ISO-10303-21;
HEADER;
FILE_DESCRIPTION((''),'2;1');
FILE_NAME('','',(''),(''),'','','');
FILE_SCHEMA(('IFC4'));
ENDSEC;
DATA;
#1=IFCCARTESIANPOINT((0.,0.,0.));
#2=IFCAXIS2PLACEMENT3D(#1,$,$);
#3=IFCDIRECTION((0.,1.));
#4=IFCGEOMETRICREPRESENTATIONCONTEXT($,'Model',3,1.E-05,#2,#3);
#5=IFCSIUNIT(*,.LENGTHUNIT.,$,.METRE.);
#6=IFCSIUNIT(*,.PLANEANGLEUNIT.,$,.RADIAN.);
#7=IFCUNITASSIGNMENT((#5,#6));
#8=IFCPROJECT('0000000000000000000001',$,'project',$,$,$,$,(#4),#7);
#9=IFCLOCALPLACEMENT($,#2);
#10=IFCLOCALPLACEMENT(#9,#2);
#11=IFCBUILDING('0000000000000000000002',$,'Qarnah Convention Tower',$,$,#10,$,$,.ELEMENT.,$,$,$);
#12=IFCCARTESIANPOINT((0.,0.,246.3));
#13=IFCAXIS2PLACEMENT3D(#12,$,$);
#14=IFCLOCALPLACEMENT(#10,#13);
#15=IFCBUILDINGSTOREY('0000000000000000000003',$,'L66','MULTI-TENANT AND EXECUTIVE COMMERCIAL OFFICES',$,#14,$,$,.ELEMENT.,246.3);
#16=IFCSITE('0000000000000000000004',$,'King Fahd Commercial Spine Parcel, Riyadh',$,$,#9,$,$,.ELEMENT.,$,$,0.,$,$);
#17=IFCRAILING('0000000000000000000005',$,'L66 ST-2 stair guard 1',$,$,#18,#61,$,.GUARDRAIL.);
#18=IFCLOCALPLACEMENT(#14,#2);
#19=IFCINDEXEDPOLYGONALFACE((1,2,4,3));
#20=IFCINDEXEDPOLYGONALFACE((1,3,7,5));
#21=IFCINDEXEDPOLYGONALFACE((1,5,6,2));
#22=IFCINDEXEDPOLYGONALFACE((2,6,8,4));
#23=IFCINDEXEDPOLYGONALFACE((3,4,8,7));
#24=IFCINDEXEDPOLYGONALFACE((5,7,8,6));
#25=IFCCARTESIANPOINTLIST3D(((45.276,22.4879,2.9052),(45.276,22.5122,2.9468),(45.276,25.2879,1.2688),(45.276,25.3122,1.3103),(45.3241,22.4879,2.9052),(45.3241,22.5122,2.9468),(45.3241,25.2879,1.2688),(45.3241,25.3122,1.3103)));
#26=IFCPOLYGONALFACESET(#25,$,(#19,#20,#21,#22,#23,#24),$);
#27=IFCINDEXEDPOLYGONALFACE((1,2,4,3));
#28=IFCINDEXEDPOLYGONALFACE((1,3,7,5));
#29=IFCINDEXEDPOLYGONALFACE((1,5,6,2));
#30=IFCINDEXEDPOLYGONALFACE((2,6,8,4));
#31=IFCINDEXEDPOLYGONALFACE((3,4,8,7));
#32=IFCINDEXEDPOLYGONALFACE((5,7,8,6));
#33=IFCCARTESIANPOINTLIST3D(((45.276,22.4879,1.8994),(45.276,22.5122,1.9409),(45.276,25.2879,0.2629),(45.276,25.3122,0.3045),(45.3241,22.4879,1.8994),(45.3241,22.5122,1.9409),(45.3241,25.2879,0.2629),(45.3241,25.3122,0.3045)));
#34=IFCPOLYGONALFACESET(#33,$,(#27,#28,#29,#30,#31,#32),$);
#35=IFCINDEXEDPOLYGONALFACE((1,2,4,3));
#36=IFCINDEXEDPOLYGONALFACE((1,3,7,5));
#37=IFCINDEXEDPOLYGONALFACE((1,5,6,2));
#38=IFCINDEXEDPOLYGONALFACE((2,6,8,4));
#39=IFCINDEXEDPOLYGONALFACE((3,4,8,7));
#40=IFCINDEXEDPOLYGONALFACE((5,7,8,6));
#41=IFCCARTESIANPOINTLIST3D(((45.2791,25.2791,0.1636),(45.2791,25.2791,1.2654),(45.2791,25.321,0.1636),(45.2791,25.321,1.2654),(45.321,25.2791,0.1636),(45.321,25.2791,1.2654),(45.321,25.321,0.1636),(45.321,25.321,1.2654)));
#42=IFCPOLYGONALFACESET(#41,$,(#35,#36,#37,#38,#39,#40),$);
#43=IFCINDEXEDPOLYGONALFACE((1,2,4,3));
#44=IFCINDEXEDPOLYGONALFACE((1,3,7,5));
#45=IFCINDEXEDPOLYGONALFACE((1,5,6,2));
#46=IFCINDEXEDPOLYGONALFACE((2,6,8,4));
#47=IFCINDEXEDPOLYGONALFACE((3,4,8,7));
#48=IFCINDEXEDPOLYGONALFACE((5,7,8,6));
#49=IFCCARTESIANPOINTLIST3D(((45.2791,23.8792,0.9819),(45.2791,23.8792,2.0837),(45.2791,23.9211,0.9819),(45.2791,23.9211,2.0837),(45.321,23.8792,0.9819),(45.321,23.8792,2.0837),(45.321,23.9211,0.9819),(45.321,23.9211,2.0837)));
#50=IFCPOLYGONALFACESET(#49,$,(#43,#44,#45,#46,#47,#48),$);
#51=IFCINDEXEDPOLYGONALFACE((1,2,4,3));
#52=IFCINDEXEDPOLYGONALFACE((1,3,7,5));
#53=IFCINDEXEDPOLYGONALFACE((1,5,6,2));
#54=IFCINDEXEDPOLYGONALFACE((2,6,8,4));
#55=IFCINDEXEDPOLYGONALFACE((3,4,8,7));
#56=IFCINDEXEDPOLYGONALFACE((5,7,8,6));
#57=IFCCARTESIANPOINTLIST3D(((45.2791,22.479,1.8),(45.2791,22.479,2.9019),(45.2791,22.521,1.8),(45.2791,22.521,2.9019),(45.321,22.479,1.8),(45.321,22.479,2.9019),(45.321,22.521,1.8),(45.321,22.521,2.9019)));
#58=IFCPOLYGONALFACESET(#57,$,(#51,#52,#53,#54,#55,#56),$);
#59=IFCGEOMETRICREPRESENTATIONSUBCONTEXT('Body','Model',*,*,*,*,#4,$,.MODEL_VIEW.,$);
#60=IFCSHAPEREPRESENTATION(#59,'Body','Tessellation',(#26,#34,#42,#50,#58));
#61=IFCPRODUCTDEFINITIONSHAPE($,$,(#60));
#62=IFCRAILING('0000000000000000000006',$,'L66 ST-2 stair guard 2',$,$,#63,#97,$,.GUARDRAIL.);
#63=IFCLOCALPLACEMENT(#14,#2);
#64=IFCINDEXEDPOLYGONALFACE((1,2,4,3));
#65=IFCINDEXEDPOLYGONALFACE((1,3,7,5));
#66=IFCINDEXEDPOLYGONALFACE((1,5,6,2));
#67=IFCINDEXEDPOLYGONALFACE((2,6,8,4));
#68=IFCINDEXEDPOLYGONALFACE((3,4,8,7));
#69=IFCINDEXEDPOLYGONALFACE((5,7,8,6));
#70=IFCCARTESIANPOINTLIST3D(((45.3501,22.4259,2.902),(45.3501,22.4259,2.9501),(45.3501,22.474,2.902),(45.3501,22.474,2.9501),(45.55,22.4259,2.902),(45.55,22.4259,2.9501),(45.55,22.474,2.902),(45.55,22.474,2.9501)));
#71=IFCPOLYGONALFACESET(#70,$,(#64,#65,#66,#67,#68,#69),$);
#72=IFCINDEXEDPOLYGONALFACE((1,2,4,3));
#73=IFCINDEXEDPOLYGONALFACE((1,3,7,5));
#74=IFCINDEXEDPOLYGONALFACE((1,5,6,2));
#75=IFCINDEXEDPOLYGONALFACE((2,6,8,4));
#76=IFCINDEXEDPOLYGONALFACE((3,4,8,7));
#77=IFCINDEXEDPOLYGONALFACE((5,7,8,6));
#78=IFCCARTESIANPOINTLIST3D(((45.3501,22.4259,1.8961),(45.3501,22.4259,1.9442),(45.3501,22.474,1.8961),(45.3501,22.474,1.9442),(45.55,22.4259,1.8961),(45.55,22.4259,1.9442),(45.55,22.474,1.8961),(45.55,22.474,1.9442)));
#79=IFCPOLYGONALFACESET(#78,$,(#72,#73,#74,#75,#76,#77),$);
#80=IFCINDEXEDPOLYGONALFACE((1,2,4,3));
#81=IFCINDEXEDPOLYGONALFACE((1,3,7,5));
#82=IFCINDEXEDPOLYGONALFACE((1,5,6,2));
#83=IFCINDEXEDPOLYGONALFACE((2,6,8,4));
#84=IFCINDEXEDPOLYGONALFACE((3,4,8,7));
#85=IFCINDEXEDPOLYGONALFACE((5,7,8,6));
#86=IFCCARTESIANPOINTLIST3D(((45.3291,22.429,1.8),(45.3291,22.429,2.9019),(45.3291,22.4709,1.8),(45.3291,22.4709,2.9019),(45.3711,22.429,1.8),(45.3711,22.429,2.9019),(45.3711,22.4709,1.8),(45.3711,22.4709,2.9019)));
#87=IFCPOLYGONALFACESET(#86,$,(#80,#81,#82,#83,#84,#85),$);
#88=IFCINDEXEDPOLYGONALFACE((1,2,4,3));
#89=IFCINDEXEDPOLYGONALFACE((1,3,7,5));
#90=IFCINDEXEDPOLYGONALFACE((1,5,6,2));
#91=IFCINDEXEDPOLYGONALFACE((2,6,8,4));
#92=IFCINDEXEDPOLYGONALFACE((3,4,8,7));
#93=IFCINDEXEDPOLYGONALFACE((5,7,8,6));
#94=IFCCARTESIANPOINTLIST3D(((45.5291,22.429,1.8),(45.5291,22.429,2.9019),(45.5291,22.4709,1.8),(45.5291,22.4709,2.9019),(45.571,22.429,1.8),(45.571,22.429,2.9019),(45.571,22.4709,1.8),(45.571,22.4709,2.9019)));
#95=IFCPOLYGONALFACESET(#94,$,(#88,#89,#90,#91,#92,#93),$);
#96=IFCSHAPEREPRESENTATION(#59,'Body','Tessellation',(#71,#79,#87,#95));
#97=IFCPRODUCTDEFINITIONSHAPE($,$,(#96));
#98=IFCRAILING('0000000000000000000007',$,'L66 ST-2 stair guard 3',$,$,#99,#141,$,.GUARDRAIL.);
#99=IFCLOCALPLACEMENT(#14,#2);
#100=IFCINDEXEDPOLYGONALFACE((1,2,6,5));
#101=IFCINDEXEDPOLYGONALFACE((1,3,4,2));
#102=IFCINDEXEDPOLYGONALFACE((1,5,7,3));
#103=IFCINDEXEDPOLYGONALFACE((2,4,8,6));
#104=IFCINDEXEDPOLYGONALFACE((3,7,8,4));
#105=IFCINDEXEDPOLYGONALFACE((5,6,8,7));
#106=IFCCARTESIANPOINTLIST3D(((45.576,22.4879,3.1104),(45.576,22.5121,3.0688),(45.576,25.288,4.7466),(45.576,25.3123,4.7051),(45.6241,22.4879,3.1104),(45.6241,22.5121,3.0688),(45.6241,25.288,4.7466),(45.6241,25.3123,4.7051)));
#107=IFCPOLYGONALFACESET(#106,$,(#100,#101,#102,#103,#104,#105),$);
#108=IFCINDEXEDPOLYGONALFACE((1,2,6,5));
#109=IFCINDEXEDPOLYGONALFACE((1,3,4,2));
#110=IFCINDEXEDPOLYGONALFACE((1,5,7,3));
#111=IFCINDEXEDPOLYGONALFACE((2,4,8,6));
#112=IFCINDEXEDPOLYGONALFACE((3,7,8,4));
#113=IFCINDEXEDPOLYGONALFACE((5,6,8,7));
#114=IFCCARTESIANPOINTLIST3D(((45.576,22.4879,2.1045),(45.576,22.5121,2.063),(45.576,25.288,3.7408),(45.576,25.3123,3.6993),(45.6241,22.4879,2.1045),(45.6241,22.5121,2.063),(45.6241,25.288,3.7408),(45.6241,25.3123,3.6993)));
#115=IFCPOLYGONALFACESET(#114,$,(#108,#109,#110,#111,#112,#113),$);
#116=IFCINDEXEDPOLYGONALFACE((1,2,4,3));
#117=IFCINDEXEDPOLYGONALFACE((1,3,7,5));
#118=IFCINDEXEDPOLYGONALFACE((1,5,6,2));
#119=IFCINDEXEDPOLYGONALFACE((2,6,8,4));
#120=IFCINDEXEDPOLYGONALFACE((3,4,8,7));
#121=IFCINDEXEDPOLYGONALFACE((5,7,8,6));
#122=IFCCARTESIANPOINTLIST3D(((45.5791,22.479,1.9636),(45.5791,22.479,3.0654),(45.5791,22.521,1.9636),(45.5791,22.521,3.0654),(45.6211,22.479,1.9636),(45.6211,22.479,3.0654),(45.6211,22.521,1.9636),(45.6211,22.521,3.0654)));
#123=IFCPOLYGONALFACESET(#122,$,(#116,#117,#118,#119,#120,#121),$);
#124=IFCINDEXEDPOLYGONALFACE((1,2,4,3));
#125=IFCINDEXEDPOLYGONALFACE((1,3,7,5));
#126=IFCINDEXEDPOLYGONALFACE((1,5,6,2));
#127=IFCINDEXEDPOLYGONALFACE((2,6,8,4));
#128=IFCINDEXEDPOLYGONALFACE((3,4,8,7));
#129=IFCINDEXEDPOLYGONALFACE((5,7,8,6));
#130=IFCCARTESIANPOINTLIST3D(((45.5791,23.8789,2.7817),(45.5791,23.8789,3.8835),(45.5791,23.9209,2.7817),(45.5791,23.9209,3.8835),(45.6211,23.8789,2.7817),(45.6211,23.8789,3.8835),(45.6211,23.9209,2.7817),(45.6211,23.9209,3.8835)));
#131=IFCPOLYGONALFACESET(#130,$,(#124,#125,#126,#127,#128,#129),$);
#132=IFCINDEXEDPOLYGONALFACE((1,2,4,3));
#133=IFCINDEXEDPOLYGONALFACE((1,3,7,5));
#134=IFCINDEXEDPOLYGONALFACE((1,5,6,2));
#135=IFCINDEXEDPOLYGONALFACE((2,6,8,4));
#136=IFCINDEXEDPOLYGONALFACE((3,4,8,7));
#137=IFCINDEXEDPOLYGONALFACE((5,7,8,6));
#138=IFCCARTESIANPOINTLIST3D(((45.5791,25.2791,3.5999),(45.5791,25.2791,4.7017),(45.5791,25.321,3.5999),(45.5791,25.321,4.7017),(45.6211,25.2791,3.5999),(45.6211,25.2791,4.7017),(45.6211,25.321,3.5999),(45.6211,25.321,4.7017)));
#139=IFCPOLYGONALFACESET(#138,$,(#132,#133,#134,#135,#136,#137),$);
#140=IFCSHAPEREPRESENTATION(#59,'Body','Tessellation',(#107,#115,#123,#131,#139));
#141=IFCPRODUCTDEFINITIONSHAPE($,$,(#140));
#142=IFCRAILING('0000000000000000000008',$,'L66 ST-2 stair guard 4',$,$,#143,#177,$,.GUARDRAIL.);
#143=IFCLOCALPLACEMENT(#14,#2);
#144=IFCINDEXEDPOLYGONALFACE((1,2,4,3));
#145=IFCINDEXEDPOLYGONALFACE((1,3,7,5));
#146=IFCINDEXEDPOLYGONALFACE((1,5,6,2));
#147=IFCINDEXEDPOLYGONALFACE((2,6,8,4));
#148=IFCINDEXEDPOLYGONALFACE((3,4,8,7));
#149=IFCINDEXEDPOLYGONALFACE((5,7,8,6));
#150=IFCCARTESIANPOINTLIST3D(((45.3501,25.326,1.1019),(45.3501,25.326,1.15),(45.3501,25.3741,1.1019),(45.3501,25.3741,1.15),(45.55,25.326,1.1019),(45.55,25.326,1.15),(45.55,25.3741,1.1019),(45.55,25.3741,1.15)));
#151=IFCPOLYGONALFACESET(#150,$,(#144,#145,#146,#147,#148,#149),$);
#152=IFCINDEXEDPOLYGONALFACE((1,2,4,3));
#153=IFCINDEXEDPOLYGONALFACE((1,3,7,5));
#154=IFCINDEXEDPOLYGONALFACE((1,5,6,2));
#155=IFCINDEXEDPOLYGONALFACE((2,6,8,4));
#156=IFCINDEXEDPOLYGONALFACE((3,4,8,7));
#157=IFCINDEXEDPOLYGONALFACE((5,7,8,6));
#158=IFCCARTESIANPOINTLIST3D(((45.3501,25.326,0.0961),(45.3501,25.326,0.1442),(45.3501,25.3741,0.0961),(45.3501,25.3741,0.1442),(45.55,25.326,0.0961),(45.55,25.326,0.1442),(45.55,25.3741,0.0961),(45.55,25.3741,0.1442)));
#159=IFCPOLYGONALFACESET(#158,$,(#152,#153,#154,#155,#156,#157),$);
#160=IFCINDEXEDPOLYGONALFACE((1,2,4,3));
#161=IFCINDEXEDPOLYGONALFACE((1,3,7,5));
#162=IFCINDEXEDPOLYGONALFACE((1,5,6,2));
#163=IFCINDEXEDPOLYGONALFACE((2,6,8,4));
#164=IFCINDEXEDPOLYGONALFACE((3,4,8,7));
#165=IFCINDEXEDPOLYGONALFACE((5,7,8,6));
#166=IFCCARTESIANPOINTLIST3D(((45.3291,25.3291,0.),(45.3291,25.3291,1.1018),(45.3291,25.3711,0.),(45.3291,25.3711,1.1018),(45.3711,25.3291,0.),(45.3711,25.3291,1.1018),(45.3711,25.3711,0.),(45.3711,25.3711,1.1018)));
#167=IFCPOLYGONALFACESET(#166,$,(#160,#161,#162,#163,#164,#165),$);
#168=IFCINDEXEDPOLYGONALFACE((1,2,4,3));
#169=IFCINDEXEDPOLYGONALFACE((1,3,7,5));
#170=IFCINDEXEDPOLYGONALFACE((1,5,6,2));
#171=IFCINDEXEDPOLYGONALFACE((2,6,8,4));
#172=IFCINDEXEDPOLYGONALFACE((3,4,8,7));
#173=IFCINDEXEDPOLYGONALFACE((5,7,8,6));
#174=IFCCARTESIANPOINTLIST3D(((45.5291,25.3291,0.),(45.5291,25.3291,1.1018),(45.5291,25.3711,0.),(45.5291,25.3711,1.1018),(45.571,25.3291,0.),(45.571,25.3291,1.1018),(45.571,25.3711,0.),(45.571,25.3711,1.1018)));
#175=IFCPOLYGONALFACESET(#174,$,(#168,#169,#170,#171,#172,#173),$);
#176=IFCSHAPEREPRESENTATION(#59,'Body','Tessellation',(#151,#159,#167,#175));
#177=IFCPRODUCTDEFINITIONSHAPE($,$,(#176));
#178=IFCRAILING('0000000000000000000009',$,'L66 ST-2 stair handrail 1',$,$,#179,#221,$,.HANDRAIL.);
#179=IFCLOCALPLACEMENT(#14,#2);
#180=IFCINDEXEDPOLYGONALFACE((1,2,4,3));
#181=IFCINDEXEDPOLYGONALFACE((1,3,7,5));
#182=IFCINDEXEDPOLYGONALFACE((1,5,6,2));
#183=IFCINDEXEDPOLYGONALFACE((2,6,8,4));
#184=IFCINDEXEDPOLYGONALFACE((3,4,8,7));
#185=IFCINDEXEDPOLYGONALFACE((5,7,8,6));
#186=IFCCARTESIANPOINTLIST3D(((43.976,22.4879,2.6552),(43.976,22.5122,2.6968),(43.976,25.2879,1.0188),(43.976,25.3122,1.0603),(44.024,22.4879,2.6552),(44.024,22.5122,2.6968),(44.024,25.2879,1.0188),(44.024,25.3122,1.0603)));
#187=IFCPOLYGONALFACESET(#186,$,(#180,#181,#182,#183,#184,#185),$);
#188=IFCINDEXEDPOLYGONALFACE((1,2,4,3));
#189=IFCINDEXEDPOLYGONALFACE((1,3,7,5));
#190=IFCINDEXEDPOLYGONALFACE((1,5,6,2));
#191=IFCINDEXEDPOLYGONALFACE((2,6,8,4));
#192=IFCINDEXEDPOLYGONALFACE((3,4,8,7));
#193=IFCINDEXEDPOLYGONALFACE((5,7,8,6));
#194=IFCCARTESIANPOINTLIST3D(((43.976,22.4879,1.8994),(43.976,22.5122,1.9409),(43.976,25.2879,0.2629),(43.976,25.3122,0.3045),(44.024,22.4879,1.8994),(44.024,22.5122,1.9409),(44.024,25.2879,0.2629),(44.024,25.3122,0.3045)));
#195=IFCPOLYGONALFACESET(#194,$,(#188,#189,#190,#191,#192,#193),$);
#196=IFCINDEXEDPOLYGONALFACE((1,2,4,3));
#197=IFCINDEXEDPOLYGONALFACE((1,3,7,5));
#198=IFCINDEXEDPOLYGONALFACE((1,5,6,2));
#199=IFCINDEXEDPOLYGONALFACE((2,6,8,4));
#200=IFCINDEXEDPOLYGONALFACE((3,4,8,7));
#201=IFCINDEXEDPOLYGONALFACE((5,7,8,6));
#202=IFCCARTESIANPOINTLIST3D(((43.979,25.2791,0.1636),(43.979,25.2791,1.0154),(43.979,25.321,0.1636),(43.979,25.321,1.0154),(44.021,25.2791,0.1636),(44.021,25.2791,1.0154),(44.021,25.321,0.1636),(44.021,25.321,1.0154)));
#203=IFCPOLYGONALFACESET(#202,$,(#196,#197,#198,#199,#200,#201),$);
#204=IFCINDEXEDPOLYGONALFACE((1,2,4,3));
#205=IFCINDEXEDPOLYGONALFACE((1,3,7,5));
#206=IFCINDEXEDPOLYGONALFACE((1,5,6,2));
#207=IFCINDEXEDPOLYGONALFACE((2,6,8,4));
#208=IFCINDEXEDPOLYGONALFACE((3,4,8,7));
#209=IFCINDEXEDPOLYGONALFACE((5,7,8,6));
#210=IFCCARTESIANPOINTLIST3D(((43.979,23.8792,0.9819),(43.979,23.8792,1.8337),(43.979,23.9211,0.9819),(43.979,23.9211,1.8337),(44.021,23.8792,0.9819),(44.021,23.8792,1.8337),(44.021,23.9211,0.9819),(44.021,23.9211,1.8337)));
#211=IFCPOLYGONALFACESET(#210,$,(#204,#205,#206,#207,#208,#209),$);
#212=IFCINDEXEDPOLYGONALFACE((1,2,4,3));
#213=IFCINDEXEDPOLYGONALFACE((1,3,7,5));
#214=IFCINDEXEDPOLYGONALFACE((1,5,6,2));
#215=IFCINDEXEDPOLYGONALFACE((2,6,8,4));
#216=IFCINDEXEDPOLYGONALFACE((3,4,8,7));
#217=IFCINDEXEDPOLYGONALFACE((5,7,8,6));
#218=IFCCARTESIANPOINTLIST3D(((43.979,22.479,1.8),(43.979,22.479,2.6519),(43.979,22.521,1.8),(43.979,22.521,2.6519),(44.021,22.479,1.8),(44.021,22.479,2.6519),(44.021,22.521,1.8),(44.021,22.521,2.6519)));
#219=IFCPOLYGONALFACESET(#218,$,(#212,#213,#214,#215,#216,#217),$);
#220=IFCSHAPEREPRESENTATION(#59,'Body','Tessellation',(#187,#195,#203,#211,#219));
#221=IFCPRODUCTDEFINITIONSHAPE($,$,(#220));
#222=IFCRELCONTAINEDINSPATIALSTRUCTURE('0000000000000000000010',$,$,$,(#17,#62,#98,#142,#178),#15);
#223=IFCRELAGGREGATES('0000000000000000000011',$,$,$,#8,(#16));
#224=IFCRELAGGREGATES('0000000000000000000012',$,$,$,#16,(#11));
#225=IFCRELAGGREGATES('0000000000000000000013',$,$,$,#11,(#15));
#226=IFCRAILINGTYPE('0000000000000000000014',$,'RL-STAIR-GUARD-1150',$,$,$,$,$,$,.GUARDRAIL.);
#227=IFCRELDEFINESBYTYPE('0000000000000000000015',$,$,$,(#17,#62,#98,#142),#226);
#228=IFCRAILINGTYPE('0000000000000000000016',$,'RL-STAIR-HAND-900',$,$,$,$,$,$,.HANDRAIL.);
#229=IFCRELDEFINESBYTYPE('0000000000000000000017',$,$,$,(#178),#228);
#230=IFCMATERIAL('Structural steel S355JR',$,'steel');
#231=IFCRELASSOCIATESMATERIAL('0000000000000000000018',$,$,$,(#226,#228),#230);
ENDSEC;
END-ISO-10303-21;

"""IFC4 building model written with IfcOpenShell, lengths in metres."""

from ifc_helpers import new_model, si_unit, direction, frame, origin, origin_2d, place, context, subcontext, project, spatial, rectangle, extrude, material, type_object, element, save


model = new_model("IFC4")

# Units and contexts
model_context = context("Model", 3, precision=1e-05, world=origin(), true_north=direction((0.0, 1.0)))
body_context = subcontext(model_context, "Body", "Model", "MODEL_VIEW")
ifc_project = project(units=[si_unit("LENGTHUNIT", "METRE"), si_unit("PLANEANGLEUNIT", "RADIAN")], contexts=[model_context])

# Site, building, storey
site_placement = place(None, origin())
site = spatial("IfcSite", under=ifc_project, at=site_placement, Name="King Fahd Commercial Spine Parcel, Riyadh", CompositionType="ELEMENT", RefElevation=0.0)
building_placement = place(site_placement, origin())
building = spatial("IfcBuilding", under=site, at=building_placement, Name="Qarnah Convention Tower", CompositionType="ELEMENT")
storey_placement = place(building_placement, frame((0.0, 0.0, 246.3)))
storey = spatial("IfcBuildingStorey", under=building, at=storey_placement, Name="L66", Description="MULTI-TENANT AND EXECUTIVE COMMERCIAL OFFICES", CompositionType="ELEMENT", Elevation=246.3)

# Shared definitions
ifc_material_1 = material(Name="Structural steel S355JR", Category="steel")

# Railings
railing_type_1 = type_object("IfcRailingType", Name="RL-STAIR-GUARD-1150", PredefinedType="GUARDRAIL", material=ifc_material_1)
railing_1_placement = place(storey_placement, frame((45.3, 25.3, 0.1636)))
element("IfcRailing", 1, at=railing_1_placement, inside=storey, type_object=railing_type_1, Name="L66 ST-2 stair guard 1", PredefinedType="GUARDRAIL", context=body_context, shape_type="SweptSolid", body=[
    extrude(rectangle(XDim=0.0481, YDim=0.0481, at=origin_2d()), frame((0.0, 0.0, 1.126), z_axis=(0.0, -0.863361, 0.504587), x_axis=(1.0, 0.0, 0.0)), (0.0, 0.0, 1.0), 3.2432),
    extrude(rectangle(XDim=0.0481, YDim=0.0481, at=origin_2d()), frame((0.0, 0.0, 0.1201), z_axis=(0.0, -0.863361, 0.504587), x_axis=(1.0, 0.0, 0.0)), (0.0, 0.0, 1.0), 3.2432),
    extrude(rectangle(XDim=0.042, YDim=0.042, at=origin_2d()), origin(), (0.0, 0.0, 1.0), 1.1018),
    extrude(rectangle(XDim=0.042, YDim=0.042, at=origin_2d()), frame((0.0, -1.3999, 0.8184)), (0.0, 0.0, 1.0), 1.1018),
    extrude(rectangle(XDim=0.042, YDim=0.042, at=origin_2d()), frame((0.0, -2.8, 1.6365)), (0.0, 0.0, 1.0), 1.1018),
])
railing_2_placement = place(storey_placement, frame((45.3501, 22.45, 1.8)))
element("IfcRailing", 2, at=railing_2_placement, inside=storey, type_object=railing_type_1, Name="L66 ST-2 stair guard 2", PredefinedType="GUARDRAIL", context=body_context, shape_type="SweptSolid", body=[
    extrude(rectangle(XDim=0.0481, YDim=0.0481, at=origin_2d()), frame((0.0, 0.0, 1.126), z_axis=(1.0, 0.0, 0.0), x_axis=(0.0, 1.0, 0.0)), (0.0, 0.0, 1.0), 0.2),
    extrude(rectangle(XDim=0.0481, YDim=0.0481, at=origin_2d()), frame((0.0, 0.0, 0.1201), z_axis=(1.0, 0.0, 0.0), x_axis=(0.0, 1.0, 0.0)), (0.0, 0.0, 1.0), 0.2),
    extrude(rectangle(XDim=0.042, YDim=0.042, at=origin_2d()), origin(), (0.0, 0.0, 1.0), 1.1018),
    extrude(rectangle(XDim=0.042, YDim=0.042, at=origin_2d()), frame((0.2, 0.0, 0.0)), (0.0, 0.0, 1.0), 1.1018),
])
railing_3_placement = place(storey_placement, frame((45.6001, 22.5, 1.9636)))
element("IfcRailing", 3, at=railing_3_placement, inside=storey, type_object=railing_type_1, Name="L66 ST-2 stair guard 3", PredefinedType="GUARDRAIL", context=body_context, shape_type="SweptSolid", body=[
    extrude(rectangle(XDim=0.0481, YDim=0.0481, at=origin_2d()), frame((0.0, 0.0, 1.126), z_axis=(0.0, 0.863394, 0.504531), x_axis=(-1.0, 0.0, 0.0)), (0.0, 0.0, 1.0), 3.2432),
    extrude(rectangle(XDim=0.0481, YDim=0.0481, at=origin_2d()), frame((0.0, 0.0, 0.1201), z_axis=(0.0, 0.863394, 0.504531), x_axis=(-1.0, 0.0, 0.0)), (0.0, 0.0, 1.0), 3.2432),
    extrude(rectangle(XDim=0.042, YDim=0.042, at=origin_2d()), origin(), (0.0, 0.0, 1.0), 1.1018),
    extrude(rectangle(XDim=0.042, YDim=0.042, at=origin_2d()), frame((0.0, 1.3999, 0.8181)), (0.0, 0.0, 1.0), 1.1018),
    extrude(rectangle(XDim=0.042, YDim=0.042, at=origin_2d()), frame((0.0, 2.8, 1.6362)), (0.0, 0.0, 1.0), 1.1018),
])
railing_4_placement = place(storey_placement, frame((45.3501, 25.3501, 0.0)))
element("IfcRailing", 4, at=railing_4_placement, inside=storey, type_object=railing_type_1, Name="L66 ST-2 stair guard 4", PredefinedType="GUARDRAIL", context=body_context, shape_type="SweptSolid", body=[
    extrude(rectangle(XDim=0.0481, YDim=0.0481, at=origin_2d()), frame((0.0, 0.0, 1.126), z_axis=(1.0, 0.0, 0.0), x_axis=(0.0, 1.0, 0.0)), (0.0, 0.0, 1.0), 0.2),
    extrude(rectangle(XDim=0.0481, YDim=0.0481, at=origin_2d()), frame((0.0, 0.0, 0.1201), z_axis=(1.0, 0.0, 0.0), x_axis=(0.0, 1.0, 0.0)), (0.0, 0.0, 1.0), 0.2),
    extrude(rectangle(XDim=0.042, YDim=0.042, at=origin_2d()), origin(), (0.0, 0.0, 1.0), 1.1018),
    extrude(rectangle(XDim=0.042, YDim=0.042, at=origin_2d()), frame((0.2, 0.0, 0.0)), (0.0, 0.0, 1.0), 1.1018),
])
railing_type_2 = type_object("IfcRailingType", Name="RL-STAIR-HAND-900", PredefinedType="HANDRAIL", material=ifc_material_1)
railing_5_placement = place(storey_placement, frame((44.0, 25.3, 0.1636)))
element("IfcRailing", 5, at=railing_5_placement, inside=storey, type_object=railing_type_2, Name="L66 ST-2 stair handrail 1", PredefinedType="HANDRAIL", context=body_context, shape_type="SweptSolid", body=[
    extrude(rectangle(XDim=0.0481, YDim=0.0481, at=origin_2d()), frame((0.0, 0.0, 0.876), z_axis=(0.0, -0.863361, 0.504587), x_axis=(1.0, 0.0, 0.0)), (0.0, 0.0, 1.0), 3.2432),
    extrude(rectangle(XDim=0.0481, YDim=0.0481, at=origin_2d()), frame((0.0, 0.0, 0.1201), z_axis=(0.0, -0.863361, 0.504587), x_axis=(1.0, 0.0, 0.0)), (0.0, 0.0, 1.0), 3.2432),
    extrude(rectangle(XDim=0.042, YDim=0.042, at=origin_2d()), origin(), (0.0, 0.0, 1.0), 0.8518),
    extrude(rectangle(XDim=0.042, YDim=0.042, at=origin_2d()), frame((0.0, -1.3999, 0.8184)), (0.0, 0.0, 1.0), 0.8518),
    extrude(rectangle(XDim=0.042, YDim=0.042, at=origin_2d()), frame((0.0, -2.8, 1.6365)), (0.0, 0.0, 1.0), 0.8518),
])

save(model, "model.ifc")
